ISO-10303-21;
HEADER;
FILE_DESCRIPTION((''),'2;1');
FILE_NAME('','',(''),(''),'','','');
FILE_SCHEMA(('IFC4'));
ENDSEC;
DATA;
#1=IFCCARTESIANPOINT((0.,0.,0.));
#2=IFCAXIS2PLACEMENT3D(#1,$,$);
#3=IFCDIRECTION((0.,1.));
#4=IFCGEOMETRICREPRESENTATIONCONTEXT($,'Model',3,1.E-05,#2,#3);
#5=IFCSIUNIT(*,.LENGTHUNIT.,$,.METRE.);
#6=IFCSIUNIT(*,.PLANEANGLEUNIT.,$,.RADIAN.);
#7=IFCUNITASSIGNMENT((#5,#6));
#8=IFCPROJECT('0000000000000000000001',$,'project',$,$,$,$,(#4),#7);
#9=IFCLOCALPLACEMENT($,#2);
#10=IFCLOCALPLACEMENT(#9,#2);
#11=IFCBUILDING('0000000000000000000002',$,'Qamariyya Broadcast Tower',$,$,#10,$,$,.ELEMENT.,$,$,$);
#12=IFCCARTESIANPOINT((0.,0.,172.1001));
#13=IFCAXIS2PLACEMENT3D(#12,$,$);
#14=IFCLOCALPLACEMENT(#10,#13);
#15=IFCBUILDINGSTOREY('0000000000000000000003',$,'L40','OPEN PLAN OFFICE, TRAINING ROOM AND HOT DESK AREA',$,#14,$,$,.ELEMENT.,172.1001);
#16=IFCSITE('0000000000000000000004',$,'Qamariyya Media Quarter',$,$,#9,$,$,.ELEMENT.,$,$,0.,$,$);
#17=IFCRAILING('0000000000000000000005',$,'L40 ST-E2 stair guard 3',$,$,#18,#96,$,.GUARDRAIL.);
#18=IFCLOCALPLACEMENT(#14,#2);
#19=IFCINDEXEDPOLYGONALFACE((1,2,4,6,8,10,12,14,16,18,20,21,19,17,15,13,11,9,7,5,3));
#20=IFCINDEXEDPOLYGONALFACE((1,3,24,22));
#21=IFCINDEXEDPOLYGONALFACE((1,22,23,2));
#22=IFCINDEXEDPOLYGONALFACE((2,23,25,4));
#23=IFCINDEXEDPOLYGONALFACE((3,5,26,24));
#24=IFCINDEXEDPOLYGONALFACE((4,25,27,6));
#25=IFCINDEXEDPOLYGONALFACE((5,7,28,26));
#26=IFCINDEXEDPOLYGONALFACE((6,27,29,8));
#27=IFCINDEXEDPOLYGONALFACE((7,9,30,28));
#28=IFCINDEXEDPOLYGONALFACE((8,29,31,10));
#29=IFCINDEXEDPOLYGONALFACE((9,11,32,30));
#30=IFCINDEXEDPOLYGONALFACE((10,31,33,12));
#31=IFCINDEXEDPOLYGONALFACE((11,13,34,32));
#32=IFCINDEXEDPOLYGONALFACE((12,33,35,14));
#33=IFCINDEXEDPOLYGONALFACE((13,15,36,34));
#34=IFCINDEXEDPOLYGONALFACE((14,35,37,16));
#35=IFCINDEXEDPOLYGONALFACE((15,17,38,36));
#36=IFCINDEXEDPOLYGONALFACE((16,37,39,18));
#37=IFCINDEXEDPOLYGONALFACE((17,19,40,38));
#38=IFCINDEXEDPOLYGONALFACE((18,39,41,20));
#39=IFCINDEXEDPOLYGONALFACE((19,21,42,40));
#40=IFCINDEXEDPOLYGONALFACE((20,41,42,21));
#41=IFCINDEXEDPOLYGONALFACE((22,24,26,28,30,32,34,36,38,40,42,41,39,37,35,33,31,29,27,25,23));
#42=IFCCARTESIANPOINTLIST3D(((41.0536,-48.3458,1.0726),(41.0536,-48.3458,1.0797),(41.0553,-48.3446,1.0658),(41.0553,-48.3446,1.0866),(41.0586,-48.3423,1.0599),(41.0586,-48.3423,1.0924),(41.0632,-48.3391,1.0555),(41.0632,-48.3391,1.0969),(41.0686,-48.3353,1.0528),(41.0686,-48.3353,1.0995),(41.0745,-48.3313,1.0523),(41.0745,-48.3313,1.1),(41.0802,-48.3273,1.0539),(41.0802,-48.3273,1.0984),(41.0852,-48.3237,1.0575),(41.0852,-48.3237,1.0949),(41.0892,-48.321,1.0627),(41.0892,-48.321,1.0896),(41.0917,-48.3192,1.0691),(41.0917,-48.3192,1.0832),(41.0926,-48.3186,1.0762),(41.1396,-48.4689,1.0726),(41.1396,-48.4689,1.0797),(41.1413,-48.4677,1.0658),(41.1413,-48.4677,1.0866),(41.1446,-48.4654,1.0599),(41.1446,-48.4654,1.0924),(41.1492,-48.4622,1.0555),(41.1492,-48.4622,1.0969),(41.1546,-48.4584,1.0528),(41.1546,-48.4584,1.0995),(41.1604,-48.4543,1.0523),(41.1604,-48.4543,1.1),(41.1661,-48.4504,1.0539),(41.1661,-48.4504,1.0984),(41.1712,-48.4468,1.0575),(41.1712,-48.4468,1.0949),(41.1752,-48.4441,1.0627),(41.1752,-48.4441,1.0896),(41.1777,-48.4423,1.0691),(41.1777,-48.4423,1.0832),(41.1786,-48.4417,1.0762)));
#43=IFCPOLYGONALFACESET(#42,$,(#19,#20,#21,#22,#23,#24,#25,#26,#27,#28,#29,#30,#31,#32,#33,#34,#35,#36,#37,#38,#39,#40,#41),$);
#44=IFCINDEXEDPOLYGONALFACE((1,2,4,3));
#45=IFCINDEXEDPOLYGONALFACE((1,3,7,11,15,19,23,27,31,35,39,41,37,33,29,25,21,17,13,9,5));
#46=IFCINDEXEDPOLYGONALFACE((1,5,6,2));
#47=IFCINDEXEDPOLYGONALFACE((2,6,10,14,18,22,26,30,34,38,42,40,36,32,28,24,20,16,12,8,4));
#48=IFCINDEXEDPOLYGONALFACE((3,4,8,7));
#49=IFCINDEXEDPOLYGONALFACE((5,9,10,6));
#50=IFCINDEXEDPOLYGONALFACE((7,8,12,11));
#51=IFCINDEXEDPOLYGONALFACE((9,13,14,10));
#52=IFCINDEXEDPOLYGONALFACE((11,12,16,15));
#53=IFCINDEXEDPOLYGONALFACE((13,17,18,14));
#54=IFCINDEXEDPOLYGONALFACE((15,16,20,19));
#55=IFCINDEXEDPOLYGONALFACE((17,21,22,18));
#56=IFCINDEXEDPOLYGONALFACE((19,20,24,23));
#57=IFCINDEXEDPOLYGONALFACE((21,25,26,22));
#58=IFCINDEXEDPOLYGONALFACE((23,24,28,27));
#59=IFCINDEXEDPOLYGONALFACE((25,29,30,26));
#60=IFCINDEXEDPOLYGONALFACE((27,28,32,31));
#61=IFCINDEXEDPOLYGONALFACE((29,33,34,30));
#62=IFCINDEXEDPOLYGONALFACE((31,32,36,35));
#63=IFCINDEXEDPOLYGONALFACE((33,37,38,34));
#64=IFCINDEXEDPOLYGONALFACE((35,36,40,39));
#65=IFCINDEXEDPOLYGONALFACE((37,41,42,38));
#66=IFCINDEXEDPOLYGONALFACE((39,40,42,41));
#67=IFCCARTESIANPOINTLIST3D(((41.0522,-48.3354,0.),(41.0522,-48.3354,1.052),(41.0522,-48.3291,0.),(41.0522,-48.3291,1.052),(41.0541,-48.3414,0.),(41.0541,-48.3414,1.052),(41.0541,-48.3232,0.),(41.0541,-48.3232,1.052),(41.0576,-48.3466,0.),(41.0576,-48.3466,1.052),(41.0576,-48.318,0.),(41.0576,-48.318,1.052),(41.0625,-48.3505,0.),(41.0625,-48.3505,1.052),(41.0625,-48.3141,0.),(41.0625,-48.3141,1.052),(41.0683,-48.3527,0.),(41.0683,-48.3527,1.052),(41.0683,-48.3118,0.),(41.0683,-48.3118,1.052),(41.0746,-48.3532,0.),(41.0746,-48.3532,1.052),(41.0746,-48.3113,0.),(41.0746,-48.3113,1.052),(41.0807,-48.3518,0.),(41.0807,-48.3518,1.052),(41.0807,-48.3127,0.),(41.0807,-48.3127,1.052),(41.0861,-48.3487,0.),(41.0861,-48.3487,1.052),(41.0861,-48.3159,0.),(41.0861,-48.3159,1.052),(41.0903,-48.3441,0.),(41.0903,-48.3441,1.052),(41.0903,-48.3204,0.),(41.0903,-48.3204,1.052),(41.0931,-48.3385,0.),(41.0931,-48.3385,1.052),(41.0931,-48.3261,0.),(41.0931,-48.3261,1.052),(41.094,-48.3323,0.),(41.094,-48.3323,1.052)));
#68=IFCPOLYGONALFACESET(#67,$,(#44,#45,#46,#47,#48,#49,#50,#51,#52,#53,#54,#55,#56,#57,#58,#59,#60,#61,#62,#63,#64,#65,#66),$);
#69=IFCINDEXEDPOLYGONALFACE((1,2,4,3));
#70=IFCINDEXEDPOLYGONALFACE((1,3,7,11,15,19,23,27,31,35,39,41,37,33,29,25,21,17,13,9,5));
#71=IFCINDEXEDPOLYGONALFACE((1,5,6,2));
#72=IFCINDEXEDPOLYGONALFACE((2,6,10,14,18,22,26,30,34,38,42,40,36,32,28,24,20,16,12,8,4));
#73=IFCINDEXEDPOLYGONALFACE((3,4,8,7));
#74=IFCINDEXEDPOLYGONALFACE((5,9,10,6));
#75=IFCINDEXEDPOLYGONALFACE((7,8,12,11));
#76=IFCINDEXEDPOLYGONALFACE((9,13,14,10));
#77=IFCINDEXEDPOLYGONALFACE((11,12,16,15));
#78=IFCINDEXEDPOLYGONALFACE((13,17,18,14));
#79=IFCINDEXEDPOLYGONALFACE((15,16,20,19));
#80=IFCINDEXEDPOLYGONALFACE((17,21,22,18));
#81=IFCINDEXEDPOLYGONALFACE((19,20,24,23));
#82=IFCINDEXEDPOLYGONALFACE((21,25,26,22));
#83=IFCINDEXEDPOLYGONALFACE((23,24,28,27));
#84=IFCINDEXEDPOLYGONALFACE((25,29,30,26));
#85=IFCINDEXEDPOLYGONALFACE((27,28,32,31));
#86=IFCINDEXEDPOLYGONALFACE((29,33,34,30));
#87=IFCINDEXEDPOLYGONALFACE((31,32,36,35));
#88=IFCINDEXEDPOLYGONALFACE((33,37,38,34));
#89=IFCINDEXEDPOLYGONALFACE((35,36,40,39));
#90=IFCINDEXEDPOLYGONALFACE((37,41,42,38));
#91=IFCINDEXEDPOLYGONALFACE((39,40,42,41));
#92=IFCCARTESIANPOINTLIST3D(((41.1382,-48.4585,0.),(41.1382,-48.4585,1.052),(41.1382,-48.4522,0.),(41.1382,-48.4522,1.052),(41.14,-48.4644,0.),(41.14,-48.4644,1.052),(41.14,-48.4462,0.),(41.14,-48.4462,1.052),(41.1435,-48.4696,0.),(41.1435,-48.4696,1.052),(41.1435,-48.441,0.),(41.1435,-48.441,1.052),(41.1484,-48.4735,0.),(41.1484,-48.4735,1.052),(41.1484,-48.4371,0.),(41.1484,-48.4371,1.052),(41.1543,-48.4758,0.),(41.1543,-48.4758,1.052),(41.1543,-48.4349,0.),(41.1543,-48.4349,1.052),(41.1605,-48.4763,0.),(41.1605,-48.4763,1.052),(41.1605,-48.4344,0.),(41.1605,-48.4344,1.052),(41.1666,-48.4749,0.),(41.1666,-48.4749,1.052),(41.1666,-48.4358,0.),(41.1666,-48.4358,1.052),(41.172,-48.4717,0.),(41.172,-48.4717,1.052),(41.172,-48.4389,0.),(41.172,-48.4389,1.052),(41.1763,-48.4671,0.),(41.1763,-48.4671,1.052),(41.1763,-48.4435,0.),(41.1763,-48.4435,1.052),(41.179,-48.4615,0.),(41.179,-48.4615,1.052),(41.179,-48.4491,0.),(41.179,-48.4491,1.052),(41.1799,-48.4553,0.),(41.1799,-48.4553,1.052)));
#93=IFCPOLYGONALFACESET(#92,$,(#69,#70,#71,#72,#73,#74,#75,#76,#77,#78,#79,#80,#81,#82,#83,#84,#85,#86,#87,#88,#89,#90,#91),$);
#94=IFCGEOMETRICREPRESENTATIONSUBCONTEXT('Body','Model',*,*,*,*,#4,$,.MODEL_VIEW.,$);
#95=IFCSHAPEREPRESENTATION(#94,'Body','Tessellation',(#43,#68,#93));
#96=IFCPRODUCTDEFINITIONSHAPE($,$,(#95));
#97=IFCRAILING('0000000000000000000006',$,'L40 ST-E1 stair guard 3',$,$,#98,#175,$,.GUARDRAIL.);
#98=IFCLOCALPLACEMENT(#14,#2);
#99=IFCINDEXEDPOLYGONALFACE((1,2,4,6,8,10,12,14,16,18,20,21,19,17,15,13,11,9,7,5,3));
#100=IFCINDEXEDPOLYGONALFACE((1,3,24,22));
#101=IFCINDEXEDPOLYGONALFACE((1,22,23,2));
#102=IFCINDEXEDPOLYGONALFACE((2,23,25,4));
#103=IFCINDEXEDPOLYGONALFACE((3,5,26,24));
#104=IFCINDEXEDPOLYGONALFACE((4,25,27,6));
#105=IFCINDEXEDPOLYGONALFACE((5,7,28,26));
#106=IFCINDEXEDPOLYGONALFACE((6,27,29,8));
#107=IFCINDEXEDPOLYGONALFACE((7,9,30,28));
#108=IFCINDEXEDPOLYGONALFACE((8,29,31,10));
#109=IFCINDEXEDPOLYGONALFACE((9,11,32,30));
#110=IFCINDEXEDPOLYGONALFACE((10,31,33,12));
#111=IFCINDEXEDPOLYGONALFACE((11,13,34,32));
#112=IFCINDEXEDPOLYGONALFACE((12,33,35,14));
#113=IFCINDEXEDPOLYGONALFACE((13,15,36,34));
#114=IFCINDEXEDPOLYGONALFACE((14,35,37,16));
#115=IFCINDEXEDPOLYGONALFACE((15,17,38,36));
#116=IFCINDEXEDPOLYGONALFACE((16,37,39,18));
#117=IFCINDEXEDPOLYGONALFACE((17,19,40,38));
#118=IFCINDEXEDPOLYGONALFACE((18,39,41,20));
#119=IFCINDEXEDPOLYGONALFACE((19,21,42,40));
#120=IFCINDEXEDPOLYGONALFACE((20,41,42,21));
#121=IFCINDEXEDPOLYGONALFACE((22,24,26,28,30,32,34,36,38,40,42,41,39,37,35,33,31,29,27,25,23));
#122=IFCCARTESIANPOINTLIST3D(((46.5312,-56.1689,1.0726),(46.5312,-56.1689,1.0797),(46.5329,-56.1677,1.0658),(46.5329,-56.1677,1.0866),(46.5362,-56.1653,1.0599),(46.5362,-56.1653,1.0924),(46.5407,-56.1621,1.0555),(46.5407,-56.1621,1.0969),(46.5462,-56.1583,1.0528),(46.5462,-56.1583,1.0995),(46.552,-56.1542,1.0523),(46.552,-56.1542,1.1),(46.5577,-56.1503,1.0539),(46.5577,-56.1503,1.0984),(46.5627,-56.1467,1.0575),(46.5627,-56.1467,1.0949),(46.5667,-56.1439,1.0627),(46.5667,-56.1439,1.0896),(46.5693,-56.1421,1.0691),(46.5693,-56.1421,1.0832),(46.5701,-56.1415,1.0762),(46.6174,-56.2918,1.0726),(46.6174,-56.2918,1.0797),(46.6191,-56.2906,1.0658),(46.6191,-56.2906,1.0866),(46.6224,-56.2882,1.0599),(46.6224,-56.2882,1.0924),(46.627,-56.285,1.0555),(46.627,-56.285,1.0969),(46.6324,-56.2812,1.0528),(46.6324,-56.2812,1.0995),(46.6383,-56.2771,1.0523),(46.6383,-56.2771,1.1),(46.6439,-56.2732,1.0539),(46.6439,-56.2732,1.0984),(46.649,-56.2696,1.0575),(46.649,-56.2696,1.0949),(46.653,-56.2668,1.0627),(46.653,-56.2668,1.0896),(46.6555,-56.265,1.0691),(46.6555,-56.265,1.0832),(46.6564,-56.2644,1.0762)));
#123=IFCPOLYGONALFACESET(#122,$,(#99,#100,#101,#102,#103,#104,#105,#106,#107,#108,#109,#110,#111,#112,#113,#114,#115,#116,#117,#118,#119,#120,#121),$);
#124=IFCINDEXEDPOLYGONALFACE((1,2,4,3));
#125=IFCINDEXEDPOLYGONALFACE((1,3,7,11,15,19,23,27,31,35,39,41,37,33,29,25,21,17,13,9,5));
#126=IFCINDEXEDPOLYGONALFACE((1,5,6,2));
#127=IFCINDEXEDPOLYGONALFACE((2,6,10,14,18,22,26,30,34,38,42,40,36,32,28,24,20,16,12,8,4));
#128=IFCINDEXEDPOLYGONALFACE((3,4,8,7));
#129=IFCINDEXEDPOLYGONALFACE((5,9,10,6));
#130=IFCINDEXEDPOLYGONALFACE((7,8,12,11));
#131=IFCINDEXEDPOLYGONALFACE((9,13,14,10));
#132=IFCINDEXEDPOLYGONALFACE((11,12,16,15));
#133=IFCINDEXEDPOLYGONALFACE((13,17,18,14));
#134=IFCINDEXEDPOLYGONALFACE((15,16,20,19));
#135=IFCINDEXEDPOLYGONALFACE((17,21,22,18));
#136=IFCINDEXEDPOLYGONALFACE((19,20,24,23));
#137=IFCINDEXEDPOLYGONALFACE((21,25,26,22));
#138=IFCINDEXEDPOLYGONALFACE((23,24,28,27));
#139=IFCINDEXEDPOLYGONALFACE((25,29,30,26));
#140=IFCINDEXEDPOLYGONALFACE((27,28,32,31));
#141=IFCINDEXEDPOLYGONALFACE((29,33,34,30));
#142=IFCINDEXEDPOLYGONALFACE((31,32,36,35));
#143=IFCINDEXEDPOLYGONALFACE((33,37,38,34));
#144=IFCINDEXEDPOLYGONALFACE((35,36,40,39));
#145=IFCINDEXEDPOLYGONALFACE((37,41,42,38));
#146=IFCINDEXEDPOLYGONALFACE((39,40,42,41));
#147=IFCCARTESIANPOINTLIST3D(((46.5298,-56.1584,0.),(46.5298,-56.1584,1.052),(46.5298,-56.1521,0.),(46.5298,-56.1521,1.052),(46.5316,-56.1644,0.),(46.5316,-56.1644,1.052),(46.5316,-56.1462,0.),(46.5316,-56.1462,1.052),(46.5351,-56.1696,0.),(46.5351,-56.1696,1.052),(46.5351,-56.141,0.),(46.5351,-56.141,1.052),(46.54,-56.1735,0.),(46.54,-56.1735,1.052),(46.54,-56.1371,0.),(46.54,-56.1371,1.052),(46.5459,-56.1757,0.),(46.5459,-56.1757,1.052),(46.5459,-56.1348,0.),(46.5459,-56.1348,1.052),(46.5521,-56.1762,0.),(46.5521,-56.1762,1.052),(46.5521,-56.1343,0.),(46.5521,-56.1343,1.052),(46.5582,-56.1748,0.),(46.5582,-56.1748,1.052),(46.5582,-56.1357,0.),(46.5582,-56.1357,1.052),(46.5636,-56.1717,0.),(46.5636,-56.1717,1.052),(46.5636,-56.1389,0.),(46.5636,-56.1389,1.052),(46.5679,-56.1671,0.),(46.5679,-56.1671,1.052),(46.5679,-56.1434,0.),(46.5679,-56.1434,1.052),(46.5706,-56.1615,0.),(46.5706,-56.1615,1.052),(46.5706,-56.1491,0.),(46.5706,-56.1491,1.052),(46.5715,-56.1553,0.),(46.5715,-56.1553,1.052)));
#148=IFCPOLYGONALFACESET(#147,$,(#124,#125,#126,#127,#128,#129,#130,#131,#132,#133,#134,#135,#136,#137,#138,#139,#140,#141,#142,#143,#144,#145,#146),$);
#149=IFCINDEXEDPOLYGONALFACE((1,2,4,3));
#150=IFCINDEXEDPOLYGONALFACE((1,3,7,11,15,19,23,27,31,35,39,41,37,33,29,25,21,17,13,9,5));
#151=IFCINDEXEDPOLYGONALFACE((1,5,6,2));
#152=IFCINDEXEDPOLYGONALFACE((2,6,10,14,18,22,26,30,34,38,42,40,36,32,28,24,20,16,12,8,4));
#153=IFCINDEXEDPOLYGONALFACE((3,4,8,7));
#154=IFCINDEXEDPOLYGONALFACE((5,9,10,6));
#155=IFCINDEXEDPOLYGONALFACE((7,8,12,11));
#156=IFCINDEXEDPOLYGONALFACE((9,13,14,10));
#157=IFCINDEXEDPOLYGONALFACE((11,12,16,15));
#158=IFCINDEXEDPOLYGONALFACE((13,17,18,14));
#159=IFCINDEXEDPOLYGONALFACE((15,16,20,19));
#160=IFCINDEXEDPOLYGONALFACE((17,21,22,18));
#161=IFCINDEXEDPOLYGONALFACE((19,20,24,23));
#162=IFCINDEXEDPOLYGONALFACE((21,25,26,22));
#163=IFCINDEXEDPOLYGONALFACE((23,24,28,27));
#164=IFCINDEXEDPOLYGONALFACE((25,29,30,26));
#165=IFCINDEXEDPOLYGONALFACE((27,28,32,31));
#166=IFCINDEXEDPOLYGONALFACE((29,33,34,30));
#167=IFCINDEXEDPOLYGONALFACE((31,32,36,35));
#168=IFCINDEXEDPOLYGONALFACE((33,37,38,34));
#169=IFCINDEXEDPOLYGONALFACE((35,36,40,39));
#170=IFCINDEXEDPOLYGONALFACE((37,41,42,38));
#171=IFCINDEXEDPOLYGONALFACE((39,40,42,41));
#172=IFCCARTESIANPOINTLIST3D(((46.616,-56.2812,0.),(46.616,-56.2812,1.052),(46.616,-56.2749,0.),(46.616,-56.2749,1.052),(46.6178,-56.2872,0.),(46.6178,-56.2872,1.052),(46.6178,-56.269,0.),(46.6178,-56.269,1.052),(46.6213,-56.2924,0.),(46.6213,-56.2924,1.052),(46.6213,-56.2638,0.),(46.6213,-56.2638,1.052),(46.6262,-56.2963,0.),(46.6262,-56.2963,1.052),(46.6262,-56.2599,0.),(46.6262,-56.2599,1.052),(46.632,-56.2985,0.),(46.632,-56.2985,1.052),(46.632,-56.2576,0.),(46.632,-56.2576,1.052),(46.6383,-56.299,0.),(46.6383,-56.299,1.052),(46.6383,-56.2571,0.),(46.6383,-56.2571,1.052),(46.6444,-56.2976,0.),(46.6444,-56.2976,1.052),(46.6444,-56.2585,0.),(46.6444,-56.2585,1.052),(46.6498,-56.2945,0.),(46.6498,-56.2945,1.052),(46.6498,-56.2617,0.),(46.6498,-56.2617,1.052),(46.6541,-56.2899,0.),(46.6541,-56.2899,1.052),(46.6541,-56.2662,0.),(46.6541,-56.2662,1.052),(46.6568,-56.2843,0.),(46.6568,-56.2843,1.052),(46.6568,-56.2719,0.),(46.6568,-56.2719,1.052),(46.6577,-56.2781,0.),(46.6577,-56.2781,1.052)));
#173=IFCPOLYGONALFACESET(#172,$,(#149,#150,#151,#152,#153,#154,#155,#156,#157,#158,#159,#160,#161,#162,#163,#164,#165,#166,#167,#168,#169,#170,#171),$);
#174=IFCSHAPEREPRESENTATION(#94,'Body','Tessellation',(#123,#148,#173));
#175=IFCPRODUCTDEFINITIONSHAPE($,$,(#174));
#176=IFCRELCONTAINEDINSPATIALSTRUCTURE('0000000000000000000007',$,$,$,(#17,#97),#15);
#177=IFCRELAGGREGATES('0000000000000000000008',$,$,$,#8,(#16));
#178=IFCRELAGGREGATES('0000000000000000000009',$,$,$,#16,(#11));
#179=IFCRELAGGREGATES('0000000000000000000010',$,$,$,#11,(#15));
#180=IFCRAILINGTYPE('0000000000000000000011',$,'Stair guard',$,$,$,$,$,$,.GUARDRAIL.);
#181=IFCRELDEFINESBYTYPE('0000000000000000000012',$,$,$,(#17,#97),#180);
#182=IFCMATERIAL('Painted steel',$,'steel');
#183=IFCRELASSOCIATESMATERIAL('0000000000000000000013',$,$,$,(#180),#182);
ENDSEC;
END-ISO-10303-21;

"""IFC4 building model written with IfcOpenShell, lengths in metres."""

from ifc_helpers import new_model, si_unit, direction, frame, origin, origin_2d, place, context, subcontext, project, spatial, circle, extrude, material, type_object, element, save


model = new_model("IFC4")

# Units and contexts
model_context = context("Model", 3, precision=1e-05, world=origin(), true_north=direction((0.0, 1.0)))
body_context = subcontext(model_context, "Body", "Model", "MODEL_VIEW")
ifc_project = project(units=[si_unit("LENGTHUNIT", "METRE"), si_unit("PLANEANGLEUNIT", "RADIAN")], contexts=[model_context])

# Site, building, storey
site_placement = place(None, origin())
site = spatial("IfcSite", under=ifc_project, at=site_placement, Name="Qamariyya Media Quarter", CompositionType="ELEMENT", RefElevation=0.0)
building_placement = place(site_placement, origin())
building = spatial("IfcBuilding", under=site, at=building_placement, Name="Qamariyya Broadcast Tower", CompositionType="ELEMENT")
storey_placement = place(building_placement, frame((0.0, 0.0, 172.1001)))
storey = spatial("IfcBuildingStorey", under=building, at=storey_placement, Name="L40", Description="OPEN PLAN OFFICE, TRAINING ROOM AND HOT DESK AREA", CompositionType="ELEMENT", Elevation=172.1001)

# Railings
ifc_material_1 = material(Name="Painted steel", Category="steel")
railing_type_1 = type_object("IfcRailingType", Name="Stair guard", PredefinedType="GUARDRAIL", material=ifc_material_1)
railing_1_placement = place(storey_placement, frame((41.073, -48.3323, 0.0)))
element("IfcRailing", 1, at=railing_1_placement, inside=storey, type_object=railing_type_1, Name="L40 ST-E2 stair guard 3", PredefinedType="GUARDRAIL", context=body_context, shape_type="SweptSolid", body=[
    extrude(circle(Radius=0.0239, at=origin_2d()), frame((0.0, 0.0, 1.0762), z_axis=(0.572589, -0.819843, 0.0), x_axis=(0.819843, 0.572589, 0.0)), (0.0, 0.0, 1.0), 0.1501),
    extrude(circle(Radius=0.021, at=origin_2d()), origin(), (0.0, 0.0, 1.0), 1.052),
    extrude(circle(Radius=0.021, at=origin_2d()), frame((0.0859, -0.123, 0.0)), (0.0, 0.0, 1.0), 1.052),
])
railing_2_placement = place(storey_placement, frame((46.5505, -56.1553, 0.0)))
element("IfcRailing", 2, at=railing_2_placement, inside=storey, type_object=railing_type_1, Name="L40 ST-E1 stair guard 3", PredefinedType="GUARDRAIL", context=body_context, shape_type="SweptSolid", body=[
    extrude(circle(Radius=0.0239, at=origin_2d()), frame((0.0, 0.0, 1.0762), z_axis=(0.574445, -0.818543, 0.0), x_axis=(0.818543, 0.574445, 0.0)), (0.0, 0.0, 1.0), 0.1501),
    extrude(circle(Radius=0.021, at=origin_2d()), origin(), (0.0, 0.0, 1.0), 1.052),
    extrude(circle(Radius=0.021, at=origin_2d()), frame((0.0862, -0.1228, 0.0)), (0.0, 0.0, 1.0), 1.052),
])

save(model, "model.ifc")
